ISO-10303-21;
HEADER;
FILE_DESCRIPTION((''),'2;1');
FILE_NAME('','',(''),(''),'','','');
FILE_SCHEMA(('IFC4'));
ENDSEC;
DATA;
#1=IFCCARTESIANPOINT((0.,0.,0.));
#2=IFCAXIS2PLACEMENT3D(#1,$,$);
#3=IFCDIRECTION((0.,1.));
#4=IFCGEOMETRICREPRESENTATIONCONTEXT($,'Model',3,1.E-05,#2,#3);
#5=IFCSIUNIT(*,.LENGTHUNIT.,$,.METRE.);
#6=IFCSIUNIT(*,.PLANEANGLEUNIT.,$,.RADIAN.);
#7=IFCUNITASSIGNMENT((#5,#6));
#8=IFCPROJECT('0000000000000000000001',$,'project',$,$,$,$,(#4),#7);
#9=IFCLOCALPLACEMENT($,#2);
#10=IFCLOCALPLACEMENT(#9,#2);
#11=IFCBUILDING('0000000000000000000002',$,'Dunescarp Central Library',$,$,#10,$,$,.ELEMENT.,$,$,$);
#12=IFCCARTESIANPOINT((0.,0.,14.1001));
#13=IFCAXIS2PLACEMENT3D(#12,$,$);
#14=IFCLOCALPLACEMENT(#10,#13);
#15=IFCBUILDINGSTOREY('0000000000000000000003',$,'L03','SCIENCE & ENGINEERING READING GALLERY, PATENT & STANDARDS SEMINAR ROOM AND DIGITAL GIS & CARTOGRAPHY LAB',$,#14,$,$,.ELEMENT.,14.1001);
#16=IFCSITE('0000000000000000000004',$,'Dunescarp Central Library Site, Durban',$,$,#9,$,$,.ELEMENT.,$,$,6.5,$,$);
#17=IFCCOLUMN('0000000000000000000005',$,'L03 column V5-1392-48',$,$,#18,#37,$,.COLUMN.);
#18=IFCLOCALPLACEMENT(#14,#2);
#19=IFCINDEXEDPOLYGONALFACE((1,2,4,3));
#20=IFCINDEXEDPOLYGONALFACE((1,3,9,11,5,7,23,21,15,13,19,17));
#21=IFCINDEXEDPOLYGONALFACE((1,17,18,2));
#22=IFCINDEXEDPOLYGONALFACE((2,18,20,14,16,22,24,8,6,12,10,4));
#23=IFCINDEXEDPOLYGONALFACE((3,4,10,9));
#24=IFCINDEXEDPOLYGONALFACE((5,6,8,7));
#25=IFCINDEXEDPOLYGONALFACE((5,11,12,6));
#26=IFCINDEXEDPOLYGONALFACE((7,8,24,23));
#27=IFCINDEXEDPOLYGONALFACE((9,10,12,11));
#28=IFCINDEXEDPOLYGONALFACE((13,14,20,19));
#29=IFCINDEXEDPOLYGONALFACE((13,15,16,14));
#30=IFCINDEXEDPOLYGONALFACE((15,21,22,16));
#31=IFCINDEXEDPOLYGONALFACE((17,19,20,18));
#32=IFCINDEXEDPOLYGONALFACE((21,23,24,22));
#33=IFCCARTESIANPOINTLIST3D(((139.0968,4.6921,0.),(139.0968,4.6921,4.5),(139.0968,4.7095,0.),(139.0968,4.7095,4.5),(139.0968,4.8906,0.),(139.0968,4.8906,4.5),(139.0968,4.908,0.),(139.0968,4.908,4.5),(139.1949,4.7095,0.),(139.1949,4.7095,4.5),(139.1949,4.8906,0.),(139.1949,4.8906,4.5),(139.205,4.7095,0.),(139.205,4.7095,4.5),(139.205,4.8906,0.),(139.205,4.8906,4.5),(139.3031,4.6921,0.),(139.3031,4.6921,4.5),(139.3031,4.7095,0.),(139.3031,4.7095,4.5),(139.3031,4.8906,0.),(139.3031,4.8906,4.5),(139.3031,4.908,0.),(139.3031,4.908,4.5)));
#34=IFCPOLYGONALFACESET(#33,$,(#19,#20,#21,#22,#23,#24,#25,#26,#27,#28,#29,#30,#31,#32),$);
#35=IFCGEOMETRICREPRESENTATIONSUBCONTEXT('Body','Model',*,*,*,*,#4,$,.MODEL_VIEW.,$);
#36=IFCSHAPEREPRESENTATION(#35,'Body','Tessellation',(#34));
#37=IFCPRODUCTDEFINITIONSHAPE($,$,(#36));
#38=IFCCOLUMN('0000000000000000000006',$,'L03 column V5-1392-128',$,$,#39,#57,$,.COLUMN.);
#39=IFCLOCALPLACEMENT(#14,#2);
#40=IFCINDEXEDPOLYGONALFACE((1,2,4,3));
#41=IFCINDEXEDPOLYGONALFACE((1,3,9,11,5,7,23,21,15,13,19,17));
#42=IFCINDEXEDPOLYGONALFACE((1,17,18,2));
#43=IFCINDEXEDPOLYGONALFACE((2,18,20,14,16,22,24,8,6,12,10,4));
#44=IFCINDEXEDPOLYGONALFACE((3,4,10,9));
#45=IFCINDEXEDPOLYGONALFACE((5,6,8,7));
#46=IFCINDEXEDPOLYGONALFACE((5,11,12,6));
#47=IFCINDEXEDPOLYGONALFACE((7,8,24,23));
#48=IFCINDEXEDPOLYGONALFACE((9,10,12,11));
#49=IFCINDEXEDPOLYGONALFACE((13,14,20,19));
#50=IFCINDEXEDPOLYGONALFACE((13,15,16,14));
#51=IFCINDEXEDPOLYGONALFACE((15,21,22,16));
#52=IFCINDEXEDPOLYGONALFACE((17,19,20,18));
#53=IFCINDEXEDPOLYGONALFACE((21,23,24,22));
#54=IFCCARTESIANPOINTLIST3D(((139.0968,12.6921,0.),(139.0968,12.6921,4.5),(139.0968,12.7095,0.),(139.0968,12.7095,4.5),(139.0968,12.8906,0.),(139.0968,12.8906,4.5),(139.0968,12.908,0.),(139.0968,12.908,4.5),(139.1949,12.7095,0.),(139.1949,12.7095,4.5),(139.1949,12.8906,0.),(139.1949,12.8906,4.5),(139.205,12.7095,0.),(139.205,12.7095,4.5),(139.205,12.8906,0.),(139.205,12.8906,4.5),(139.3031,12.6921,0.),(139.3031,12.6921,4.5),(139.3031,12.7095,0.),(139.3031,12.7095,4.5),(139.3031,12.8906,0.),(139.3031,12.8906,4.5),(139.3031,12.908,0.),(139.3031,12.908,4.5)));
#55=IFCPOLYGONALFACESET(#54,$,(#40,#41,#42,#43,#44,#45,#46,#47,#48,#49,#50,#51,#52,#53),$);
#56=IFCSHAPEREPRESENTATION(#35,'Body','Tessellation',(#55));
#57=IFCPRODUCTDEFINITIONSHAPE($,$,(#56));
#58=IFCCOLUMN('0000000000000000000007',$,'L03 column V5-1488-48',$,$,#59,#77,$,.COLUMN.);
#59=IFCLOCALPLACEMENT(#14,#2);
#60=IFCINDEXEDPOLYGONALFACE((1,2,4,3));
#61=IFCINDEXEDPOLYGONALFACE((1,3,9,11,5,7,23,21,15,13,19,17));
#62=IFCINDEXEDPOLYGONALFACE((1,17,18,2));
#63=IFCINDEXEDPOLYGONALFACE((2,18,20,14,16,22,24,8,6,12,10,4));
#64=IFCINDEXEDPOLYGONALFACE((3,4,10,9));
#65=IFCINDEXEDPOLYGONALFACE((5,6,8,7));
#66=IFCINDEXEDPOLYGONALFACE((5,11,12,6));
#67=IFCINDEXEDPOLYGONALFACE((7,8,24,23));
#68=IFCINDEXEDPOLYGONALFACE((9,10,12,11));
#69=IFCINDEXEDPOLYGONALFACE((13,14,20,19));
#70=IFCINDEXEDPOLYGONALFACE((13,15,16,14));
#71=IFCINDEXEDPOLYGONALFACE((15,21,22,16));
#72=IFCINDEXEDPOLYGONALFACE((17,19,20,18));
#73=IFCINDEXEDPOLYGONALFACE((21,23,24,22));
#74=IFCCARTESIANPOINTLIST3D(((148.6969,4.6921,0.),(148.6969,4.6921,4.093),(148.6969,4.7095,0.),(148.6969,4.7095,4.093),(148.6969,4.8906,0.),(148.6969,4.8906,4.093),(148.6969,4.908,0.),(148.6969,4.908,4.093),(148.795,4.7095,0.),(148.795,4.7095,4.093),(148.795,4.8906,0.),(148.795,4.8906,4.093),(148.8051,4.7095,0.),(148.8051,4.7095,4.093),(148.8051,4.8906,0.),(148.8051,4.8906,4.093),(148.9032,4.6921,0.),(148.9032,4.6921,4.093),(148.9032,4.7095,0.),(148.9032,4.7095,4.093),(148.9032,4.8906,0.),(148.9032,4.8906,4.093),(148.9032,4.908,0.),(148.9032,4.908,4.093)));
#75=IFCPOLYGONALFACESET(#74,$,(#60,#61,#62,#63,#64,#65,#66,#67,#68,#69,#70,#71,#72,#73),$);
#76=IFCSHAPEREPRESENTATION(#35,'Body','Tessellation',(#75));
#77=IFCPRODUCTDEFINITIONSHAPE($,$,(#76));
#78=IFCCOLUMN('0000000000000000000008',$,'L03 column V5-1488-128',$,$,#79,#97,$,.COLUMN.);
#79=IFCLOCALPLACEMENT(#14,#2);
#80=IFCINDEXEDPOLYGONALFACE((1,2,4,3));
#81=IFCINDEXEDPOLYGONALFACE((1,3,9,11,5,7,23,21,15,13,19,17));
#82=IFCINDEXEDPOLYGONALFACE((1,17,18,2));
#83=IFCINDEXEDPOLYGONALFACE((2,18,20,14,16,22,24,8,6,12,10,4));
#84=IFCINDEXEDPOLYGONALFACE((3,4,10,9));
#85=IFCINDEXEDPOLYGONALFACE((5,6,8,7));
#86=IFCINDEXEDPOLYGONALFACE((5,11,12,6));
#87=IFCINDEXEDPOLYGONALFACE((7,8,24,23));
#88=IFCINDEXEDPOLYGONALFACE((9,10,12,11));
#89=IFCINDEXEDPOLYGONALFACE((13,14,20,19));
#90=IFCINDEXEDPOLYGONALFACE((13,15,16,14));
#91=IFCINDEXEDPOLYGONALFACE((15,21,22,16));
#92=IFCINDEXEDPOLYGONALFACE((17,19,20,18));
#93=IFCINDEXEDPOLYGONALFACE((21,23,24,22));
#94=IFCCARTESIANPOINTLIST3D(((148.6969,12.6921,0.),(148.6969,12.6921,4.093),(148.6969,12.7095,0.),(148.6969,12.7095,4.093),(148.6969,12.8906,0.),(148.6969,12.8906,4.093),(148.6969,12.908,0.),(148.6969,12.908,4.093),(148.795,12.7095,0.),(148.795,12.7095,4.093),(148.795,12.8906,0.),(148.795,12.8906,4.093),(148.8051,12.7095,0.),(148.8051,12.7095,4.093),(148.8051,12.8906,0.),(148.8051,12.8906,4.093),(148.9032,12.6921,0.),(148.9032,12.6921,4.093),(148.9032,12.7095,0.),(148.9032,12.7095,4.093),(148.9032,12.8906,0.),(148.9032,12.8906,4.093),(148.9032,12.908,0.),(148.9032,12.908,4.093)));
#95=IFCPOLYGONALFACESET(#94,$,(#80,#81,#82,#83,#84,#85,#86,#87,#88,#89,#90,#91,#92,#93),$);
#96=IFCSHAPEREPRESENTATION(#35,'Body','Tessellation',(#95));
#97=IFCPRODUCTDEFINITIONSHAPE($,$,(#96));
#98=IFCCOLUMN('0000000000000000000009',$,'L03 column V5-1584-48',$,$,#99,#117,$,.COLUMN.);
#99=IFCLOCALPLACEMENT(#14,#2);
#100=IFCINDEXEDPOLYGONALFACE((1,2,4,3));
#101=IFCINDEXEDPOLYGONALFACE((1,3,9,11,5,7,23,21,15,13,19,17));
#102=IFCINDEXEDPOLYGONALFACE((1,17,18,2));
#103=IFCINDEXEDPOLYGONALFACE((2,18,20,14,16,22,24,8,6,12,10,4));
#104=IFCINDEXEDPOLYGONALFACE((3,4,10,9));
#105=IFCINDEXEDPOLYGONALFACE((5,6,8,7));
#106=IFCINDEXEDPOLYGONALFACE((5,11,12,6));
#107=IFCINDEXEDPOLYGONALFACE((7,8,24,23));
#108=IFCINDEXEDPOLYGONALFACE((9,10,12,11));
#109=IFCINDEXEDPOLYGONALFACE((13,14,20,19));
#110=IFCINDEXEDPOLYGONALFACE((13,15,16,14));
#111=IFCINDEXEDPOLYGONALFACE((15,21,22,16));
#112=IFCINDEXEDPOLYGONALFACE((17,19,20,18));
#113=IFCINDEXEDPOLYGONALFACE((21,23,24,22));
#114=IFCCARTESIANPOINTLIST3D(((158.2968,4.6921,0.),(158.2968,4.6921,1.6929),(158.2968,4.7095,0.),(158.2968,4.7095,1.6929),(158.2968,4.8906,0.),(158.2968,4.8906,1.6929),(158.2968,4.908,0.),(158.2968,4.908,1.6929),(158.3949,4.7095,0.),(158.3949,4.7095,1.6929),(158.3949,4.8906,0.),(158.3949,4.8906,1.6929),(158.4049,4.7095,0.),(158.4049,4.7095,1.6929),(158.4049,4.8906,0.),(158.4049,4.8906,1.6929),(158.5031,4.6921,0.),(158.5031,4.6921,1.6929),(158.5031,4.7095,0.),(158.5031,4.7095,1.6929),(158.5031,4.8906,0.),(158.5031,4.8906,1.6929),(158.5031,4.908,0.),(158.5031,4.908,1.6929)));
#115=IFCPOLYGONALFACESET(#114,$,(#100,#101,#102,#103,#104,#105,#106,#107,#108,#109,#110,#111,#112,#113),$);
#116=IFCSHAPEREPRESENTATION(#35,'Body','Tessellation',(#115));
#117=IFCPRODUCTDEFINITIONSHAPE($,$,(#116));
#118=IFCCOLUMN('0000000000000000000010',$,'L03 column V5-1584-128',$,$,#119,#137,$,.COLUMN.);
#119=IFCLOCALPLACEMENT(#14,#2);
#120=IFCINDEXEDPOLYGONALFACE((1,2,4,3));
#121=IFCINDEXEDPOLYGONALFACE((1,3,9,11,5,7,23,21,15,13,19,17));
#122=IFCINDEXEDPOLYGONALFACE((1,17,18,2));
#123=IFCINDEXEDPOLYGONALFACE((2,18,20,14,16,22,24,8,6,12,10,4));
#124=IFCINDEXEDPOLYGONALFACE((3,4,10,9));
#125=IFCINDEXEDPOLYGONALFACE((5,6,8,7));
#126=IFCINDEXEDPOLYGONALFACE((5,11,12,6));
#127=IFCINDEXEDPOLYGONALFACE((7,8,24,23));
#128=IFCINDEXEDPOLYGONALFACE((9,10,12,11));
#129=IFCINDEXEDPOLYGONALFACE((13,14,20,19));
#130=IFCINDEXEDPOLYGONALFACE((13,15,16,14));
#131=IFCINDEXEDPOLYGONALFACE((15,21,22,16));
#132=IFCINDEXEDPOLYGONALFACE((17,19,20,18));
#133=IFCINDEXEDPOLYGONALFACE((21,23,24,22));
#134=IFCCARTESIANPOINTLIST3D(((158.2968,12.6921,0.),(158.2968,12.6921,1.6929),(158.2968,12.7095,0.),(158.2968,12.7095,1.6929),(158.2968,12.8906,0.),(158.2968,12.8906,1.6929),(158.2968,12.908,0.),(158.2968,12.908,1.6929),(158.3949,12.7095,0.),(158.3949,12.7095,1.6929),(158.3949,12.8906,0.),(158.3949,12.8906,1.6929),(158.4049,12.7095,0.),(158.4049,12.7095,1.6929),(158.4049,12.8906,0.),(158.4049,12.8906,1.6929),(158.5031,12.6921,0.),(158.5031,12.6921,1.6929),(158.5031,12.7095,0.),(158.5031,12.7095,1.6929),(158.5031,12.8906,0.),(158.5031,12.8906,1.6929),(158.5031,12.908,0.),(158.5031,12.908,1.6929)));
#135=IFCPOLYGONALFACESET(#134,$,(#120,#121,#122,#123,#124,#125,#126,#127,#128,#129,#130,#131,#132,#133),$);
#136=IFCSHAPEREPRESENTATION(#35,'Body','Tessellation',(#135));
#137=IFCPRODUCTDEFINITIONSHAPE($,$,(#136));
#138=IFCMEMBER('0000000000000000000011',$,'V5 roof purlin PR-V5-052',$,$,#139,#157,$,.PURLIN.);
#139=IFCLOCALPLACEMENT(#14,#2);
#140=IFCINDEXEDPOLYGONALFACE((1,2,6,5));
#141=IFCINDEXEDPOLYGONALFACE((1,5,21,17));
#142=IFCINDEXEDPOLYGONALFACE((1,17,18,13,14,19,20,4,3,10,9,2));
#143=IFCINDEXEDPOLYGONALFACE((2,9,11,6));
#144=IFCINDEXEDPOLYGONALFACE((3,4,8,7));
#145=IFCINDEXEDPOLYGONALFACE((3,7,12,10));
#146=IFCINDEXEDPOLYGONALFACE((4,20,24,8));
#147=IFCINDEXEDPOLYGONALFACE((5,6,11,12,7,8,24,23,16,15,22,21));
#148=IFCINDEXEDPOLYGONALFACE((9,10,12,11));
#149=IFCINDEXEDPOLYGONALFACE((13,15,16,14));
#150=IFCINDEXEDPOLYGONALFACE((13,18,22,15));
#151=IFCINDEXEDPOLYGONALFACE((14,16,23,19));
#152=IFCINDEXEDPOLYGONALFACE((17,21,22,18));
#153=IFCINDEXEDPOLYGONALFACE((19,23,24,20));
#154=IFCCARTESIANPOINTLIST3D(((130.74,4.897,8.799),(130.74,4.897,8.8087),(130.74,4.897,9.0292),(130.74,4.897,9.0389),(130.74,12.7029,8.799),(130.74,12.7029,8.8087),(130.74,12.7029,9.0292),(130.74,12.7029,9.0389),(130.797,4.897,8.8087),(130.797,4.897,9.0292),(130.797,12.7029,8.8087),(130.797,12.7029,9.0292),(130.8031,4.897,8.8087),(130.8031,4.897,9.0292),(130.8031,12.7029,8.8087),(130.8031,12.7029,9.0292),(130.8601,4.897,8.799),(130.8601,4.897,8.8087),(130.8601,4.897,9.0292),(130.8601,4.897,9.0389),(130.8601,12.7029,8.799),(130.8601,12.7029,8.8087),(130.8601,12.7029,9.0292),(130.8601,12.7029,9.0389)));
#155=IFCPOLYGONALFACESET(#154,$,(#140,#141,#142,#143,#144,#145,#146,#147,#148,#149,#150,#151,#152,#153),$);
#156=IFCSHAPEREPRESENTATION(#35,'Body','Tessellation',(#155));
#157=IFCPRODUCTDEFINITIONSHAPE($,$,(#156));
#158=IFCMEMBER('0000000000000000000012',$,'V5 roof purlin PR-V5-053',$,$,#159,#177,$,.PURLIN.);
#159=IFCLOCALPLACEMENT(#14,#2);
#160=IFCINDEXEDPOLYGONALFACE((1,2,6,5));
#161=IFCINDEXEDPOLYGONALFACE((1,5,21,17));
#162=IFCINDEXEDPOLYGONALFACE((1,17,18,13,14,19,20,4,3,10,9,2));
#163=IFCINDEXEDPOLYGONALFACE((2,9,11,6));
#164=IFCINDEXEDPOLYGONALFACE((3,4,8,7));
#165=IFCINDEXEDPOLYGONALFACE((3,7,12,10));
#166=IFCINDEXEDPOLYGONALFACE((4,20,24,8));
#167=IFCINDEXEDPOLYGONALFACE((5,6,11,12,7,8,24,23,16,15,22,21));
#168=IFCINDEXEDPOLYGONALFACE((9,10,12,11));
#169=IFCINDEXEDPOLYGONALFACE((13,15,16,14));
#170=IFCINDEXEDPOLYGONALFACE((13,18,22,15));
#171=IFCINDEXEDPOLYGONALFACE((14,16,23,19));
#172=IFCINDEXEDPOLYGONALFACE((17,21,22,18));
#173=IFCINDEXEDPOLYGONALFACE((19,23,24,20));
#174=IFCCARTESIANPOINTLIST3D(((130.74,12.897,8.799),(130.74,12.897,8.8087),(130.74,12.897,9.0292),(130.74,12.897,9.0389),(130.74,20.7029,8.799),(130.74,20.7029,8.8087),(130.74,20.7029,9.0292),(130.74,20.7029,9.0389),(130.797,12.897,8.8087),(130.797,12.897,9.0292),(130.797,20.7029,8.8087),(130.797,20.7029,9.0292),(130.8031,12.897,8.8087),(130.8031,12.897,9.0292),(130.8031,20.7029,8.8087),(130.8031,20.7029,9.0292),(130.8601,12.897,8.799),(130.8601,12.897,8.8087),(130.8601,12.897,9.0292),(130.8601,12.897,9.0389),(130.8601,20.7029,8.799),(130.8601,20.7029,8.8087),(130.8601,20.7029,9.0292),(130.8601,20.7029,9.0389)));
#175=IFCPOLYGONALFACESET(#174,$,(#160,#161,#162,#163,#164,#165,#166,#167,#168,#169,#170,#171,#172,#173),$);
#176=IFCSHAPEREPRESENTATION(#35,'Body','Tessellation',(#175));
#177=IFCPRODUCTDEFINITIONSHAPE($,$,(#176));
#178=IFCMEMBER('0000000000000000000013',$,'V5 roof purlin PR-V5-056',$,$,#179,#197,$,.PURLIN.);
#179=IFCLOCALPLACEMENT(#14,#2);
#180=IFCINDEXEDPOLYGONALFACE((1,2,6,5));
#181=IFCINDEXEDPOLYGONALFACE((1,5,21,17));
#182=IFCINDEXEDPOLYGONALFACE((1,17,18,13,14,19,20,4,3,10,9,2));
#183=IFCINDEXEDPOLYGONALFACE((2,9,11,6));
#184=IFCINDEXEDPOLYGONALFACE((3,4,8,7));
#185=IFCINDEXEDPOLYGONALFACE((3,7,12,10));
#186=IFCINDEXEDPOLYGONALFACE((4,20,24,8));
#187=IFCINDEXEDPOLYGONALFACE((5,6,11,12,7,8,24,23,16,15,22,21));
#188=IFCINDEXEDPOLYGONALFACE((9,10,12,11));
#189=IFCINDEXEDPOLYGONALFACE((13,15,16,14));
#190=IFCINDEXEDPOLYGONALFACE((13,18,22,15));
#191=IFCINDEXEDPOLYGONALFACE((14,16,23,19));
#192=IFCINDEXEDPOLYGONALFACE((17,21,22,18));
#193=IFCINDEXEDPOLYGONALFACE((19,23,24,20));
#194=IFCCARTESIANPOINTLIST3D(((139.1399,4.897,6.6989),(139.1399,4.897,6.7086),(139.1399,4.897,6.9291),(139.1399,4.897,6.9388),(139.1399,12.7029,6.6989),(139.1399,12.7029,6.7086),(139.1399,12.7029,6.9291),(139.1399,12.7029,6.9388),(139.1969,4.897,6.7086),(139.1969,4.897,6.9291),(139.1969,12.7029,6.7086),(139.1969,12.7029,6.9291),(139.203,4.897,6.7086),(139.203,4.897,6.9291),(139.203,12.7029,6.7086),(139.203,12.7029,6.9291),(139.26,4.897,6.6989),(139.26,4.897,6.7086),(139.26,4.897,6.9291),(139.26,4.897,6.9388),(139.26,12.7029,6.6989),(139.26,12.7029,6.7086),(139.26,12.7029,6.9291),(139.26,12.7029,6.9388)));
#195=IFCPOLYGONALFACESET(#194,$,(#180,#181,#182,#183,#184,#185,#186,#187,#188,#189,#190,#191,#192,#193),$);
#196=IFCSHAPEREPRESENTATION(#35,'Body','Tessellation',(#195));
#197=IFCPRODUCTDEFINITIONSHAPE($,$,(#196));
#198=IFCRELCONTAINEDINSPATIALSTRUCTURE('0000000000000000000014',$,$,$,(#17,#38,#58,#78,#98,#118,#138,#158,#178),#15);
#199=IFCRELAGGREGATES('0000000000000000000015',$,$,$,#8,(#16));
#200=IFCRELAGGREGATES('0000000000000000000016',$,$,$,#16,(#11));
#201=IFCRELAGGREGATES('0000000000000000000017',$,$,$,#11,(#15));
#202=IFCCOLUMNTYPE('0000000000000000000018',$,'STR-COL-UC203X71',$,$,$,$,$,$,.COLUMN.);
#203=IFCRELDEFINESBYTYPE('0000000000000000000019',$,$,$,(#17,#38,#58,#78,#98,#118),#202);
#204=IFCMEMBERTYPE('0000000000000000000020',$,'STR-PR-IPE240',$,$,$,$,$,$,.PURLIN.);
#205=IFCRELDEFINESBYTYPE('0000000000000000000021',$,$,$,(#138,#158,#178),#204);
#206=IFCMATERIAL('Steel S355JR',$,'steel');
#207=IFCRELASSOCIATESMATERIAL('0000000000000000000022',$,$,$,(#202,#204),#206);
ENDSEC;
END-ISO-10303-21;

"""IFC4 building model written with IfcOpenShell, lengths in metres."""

from ifc_helpers import new_model, si_unit, direction, frame, origin, origin_2d, place, context, subcontext, project, spatial, i_section, extrude, material, material_profile, profile_set, type_object, element, save


model = new_model("IFC4")

# Units and contexts
model_context = context("Model", 3, precision=1e-05, world=origin(), true_north=direction((0.0, 1.0)))
body_context = subcontext(model_context, "Body", "Model", "MODEL_VIEW")
ifc_project = project(units=[si_unit("LENGTHUNIT", "METRE"), si_unit("PLANEANGLEUNIT", "RADIAN")], contexts=[model_context])

# Site, building, storey
site_placement = place(None, origin())
site = spatial("IfcSite", under=ifc_project, at=site_placement, Name="Dunescarp Central Library Site, Durban", CompositionType="ELEMENT", RefElevation=6.5)
building_placement = place(site_placement, origin())
building = spatial("IfcBuilding", under=site, at=building_placement, Name="Dunescarp Central Library", CompositionType="ELEMENT")
storey_placement = place(building_placement, frame((0.0, 0.0, 14.1001)))
storey = spatial("IfcBuildingStorey", under=building, at=storey_placement, Name="L03", Description="SCIENCE & ENGINEERING READING GALLERY, PATENT & STANDARDS SEMINAR ROOM AND DIGITAL GIS & CARTOGRAPHY LAB", CompositionType="ELEMENT", Elevation=14.1001)

# Columns
ifc_material = material(Name="Steel S355JR", Category="steel")
ifc_material_profile_1 = material_profile(ifc_material, i_section(OverallWidth=0.2063, OverallDepth=0.2158, WebThickness=0.01, FlangeThickness=0.0173, at=origin_2d()), Name="UC 203x203x71")
ifc_profile_set_1 = profile_set([ifc_material_profile_1], Name="Steel S355JR")
column_type = type_object("IfcColumnType", Name="STR-COL-UC203X71", PredefinedType="COLUMN", material=ifc_profile_set_1)
for number, where, z_axis, x_axis, name in (
    (1, (139.2, 4.8, 0.0), (0.0, 0.0, 1.0), (1.0, 0.0, 0.0), "L03 column V5-1392-48"),
    (2, (139.2, 12.8, 0.0), (0.0, 0.0, 1.0), (1.0, 0.0, 0.0), "L03 column V5-1392-128"),
):
    element("IfcColumn", number, at=place(storey_placement, frame(where, z_axis=z_axis, x_axis=x_axis)), inside=storey, type_object=column_type, Name=name, PredefinedType="COLUMN", context=body_context, shape_type="SweptSolid", body=[
        extrude(i_section(OverallWidth=0.2063, OverallDepth=0.2158, WebThickness=0.01, FlangeThickness=0.0173, at=origin_2d()), origin(), (0.0, 0.0, 1.0), 4.5),
    ])
for number, where, z_axis, x_axis, name in (
    (3, (148.8, 4.8, 0.0), (0.0, 0.0, 1.0), (1.0, 0.0, 0.0), "L03 column V5-1488-48"),
    (4, (148.8, 12.8, 0.0), (0.0, 0.0, 1.0), (1.0, 0.0, 0.0), "L03 column V5-1488-128"),
):
    element("IfcColumn", number, at=place(storey_placement, frame(where, z_axis=z_axis, x_axis=x_axis)), inside=storey, type_object=column_type, Name=name, PredefinedType="COLUMN", context=body_context, shape_type="SweptSolid", body=[
        extrude(i_section(OverallWidth=0.2063, OverallDepth=0.2158, WebThickness=0.01, FlangeThickness=0.0173, at=origin_2d()), origin(), (0.0, 0.0, 1.0), 4.093),
    ])
for number, where, z_axis, x_axis, name in (
    (5, (158.3999, 4.8, 0.0), (0.0, 0.0, 1.0), (1.0, 0.0, 0.0), "L03 column V5-1584-48"),
    (6, (158.3999, 12.8, 0.0), (0.0, 0.0, 1.0), (1.0, 0.0, 0.0), "L03 column V5-1584-128"),
):
    element("IfcColumn", number, at=place(storey_placement, frame(where, z_axis=z_axis, x_axis=x_axis)), inside=storey, type_object=column_type, Name=name, PredefinedType="COLUMN", context=body_context, shape_type="SweptSolid", body=[
        extrude(i_section(OverallWidth=0.2063, OverallDepth=0.2158, WebThickness=0.01, FlangeThickness=0.0173, at=origin_2d()), origin(), (0.0, 0.0, 1.0), 1.6929),
    ])

# Members
ifc_material_profile_2 = material_profile(ifc_material, i_section(OverallWidth=0.1201, OverallDepth=0.24, WebThickness=0.0061, FlangeThickness=0.0098, at=origin_2d()), Name="IPE 240")
ifc_profile_set_2 = profile_set([ifc_material_profile_2], Name="Steel S355JR")
member_type_1 = type_object("IfcMemberType", Name="STR-PR-IPE240", PredefinedType="PURLIN", material=ifc_profile_set_2)
for number, where, z_axis, x_axis, name in (
    (7, (130.8, 4.897, 8.9189), (0.0, 1.0, 0.0), (-1.0, 0.0, 0.0), "V5 roof purlin PR-V5-052"),
    (8, (130.8, 12.897, 8.9189), (0.0, 1.0, 0.0), (-1.0, 0.0, 0.0), "V5 roof purlin PR-V5-053"),
    (9, (139.2, 4.897, 6.8188), (0.0, 1.0, 0.0), (-1.0, 0.0, 0.0), "V5 roof purlin PR-V5-056"),
):
    element("IfcMember", number, at=place(storey_placement, frame(where, z_axis=z_axis, x_axis=x_axis)), inside=storey, type_object=member_type_1, Name=name, PredefinedType="PURLIN", context=body_context, shape_type="SweptSolid", body=[
        extrude(i_section(OverallWidth=0.1201, OverallDepth=0.24, WebThickness=0.0061, FlangeThickness=0.0098, at=origin_2d()), origin(), (0.0, 0.0, 1.0), 7.8059),
    ])

save(model, "model.ifc")
